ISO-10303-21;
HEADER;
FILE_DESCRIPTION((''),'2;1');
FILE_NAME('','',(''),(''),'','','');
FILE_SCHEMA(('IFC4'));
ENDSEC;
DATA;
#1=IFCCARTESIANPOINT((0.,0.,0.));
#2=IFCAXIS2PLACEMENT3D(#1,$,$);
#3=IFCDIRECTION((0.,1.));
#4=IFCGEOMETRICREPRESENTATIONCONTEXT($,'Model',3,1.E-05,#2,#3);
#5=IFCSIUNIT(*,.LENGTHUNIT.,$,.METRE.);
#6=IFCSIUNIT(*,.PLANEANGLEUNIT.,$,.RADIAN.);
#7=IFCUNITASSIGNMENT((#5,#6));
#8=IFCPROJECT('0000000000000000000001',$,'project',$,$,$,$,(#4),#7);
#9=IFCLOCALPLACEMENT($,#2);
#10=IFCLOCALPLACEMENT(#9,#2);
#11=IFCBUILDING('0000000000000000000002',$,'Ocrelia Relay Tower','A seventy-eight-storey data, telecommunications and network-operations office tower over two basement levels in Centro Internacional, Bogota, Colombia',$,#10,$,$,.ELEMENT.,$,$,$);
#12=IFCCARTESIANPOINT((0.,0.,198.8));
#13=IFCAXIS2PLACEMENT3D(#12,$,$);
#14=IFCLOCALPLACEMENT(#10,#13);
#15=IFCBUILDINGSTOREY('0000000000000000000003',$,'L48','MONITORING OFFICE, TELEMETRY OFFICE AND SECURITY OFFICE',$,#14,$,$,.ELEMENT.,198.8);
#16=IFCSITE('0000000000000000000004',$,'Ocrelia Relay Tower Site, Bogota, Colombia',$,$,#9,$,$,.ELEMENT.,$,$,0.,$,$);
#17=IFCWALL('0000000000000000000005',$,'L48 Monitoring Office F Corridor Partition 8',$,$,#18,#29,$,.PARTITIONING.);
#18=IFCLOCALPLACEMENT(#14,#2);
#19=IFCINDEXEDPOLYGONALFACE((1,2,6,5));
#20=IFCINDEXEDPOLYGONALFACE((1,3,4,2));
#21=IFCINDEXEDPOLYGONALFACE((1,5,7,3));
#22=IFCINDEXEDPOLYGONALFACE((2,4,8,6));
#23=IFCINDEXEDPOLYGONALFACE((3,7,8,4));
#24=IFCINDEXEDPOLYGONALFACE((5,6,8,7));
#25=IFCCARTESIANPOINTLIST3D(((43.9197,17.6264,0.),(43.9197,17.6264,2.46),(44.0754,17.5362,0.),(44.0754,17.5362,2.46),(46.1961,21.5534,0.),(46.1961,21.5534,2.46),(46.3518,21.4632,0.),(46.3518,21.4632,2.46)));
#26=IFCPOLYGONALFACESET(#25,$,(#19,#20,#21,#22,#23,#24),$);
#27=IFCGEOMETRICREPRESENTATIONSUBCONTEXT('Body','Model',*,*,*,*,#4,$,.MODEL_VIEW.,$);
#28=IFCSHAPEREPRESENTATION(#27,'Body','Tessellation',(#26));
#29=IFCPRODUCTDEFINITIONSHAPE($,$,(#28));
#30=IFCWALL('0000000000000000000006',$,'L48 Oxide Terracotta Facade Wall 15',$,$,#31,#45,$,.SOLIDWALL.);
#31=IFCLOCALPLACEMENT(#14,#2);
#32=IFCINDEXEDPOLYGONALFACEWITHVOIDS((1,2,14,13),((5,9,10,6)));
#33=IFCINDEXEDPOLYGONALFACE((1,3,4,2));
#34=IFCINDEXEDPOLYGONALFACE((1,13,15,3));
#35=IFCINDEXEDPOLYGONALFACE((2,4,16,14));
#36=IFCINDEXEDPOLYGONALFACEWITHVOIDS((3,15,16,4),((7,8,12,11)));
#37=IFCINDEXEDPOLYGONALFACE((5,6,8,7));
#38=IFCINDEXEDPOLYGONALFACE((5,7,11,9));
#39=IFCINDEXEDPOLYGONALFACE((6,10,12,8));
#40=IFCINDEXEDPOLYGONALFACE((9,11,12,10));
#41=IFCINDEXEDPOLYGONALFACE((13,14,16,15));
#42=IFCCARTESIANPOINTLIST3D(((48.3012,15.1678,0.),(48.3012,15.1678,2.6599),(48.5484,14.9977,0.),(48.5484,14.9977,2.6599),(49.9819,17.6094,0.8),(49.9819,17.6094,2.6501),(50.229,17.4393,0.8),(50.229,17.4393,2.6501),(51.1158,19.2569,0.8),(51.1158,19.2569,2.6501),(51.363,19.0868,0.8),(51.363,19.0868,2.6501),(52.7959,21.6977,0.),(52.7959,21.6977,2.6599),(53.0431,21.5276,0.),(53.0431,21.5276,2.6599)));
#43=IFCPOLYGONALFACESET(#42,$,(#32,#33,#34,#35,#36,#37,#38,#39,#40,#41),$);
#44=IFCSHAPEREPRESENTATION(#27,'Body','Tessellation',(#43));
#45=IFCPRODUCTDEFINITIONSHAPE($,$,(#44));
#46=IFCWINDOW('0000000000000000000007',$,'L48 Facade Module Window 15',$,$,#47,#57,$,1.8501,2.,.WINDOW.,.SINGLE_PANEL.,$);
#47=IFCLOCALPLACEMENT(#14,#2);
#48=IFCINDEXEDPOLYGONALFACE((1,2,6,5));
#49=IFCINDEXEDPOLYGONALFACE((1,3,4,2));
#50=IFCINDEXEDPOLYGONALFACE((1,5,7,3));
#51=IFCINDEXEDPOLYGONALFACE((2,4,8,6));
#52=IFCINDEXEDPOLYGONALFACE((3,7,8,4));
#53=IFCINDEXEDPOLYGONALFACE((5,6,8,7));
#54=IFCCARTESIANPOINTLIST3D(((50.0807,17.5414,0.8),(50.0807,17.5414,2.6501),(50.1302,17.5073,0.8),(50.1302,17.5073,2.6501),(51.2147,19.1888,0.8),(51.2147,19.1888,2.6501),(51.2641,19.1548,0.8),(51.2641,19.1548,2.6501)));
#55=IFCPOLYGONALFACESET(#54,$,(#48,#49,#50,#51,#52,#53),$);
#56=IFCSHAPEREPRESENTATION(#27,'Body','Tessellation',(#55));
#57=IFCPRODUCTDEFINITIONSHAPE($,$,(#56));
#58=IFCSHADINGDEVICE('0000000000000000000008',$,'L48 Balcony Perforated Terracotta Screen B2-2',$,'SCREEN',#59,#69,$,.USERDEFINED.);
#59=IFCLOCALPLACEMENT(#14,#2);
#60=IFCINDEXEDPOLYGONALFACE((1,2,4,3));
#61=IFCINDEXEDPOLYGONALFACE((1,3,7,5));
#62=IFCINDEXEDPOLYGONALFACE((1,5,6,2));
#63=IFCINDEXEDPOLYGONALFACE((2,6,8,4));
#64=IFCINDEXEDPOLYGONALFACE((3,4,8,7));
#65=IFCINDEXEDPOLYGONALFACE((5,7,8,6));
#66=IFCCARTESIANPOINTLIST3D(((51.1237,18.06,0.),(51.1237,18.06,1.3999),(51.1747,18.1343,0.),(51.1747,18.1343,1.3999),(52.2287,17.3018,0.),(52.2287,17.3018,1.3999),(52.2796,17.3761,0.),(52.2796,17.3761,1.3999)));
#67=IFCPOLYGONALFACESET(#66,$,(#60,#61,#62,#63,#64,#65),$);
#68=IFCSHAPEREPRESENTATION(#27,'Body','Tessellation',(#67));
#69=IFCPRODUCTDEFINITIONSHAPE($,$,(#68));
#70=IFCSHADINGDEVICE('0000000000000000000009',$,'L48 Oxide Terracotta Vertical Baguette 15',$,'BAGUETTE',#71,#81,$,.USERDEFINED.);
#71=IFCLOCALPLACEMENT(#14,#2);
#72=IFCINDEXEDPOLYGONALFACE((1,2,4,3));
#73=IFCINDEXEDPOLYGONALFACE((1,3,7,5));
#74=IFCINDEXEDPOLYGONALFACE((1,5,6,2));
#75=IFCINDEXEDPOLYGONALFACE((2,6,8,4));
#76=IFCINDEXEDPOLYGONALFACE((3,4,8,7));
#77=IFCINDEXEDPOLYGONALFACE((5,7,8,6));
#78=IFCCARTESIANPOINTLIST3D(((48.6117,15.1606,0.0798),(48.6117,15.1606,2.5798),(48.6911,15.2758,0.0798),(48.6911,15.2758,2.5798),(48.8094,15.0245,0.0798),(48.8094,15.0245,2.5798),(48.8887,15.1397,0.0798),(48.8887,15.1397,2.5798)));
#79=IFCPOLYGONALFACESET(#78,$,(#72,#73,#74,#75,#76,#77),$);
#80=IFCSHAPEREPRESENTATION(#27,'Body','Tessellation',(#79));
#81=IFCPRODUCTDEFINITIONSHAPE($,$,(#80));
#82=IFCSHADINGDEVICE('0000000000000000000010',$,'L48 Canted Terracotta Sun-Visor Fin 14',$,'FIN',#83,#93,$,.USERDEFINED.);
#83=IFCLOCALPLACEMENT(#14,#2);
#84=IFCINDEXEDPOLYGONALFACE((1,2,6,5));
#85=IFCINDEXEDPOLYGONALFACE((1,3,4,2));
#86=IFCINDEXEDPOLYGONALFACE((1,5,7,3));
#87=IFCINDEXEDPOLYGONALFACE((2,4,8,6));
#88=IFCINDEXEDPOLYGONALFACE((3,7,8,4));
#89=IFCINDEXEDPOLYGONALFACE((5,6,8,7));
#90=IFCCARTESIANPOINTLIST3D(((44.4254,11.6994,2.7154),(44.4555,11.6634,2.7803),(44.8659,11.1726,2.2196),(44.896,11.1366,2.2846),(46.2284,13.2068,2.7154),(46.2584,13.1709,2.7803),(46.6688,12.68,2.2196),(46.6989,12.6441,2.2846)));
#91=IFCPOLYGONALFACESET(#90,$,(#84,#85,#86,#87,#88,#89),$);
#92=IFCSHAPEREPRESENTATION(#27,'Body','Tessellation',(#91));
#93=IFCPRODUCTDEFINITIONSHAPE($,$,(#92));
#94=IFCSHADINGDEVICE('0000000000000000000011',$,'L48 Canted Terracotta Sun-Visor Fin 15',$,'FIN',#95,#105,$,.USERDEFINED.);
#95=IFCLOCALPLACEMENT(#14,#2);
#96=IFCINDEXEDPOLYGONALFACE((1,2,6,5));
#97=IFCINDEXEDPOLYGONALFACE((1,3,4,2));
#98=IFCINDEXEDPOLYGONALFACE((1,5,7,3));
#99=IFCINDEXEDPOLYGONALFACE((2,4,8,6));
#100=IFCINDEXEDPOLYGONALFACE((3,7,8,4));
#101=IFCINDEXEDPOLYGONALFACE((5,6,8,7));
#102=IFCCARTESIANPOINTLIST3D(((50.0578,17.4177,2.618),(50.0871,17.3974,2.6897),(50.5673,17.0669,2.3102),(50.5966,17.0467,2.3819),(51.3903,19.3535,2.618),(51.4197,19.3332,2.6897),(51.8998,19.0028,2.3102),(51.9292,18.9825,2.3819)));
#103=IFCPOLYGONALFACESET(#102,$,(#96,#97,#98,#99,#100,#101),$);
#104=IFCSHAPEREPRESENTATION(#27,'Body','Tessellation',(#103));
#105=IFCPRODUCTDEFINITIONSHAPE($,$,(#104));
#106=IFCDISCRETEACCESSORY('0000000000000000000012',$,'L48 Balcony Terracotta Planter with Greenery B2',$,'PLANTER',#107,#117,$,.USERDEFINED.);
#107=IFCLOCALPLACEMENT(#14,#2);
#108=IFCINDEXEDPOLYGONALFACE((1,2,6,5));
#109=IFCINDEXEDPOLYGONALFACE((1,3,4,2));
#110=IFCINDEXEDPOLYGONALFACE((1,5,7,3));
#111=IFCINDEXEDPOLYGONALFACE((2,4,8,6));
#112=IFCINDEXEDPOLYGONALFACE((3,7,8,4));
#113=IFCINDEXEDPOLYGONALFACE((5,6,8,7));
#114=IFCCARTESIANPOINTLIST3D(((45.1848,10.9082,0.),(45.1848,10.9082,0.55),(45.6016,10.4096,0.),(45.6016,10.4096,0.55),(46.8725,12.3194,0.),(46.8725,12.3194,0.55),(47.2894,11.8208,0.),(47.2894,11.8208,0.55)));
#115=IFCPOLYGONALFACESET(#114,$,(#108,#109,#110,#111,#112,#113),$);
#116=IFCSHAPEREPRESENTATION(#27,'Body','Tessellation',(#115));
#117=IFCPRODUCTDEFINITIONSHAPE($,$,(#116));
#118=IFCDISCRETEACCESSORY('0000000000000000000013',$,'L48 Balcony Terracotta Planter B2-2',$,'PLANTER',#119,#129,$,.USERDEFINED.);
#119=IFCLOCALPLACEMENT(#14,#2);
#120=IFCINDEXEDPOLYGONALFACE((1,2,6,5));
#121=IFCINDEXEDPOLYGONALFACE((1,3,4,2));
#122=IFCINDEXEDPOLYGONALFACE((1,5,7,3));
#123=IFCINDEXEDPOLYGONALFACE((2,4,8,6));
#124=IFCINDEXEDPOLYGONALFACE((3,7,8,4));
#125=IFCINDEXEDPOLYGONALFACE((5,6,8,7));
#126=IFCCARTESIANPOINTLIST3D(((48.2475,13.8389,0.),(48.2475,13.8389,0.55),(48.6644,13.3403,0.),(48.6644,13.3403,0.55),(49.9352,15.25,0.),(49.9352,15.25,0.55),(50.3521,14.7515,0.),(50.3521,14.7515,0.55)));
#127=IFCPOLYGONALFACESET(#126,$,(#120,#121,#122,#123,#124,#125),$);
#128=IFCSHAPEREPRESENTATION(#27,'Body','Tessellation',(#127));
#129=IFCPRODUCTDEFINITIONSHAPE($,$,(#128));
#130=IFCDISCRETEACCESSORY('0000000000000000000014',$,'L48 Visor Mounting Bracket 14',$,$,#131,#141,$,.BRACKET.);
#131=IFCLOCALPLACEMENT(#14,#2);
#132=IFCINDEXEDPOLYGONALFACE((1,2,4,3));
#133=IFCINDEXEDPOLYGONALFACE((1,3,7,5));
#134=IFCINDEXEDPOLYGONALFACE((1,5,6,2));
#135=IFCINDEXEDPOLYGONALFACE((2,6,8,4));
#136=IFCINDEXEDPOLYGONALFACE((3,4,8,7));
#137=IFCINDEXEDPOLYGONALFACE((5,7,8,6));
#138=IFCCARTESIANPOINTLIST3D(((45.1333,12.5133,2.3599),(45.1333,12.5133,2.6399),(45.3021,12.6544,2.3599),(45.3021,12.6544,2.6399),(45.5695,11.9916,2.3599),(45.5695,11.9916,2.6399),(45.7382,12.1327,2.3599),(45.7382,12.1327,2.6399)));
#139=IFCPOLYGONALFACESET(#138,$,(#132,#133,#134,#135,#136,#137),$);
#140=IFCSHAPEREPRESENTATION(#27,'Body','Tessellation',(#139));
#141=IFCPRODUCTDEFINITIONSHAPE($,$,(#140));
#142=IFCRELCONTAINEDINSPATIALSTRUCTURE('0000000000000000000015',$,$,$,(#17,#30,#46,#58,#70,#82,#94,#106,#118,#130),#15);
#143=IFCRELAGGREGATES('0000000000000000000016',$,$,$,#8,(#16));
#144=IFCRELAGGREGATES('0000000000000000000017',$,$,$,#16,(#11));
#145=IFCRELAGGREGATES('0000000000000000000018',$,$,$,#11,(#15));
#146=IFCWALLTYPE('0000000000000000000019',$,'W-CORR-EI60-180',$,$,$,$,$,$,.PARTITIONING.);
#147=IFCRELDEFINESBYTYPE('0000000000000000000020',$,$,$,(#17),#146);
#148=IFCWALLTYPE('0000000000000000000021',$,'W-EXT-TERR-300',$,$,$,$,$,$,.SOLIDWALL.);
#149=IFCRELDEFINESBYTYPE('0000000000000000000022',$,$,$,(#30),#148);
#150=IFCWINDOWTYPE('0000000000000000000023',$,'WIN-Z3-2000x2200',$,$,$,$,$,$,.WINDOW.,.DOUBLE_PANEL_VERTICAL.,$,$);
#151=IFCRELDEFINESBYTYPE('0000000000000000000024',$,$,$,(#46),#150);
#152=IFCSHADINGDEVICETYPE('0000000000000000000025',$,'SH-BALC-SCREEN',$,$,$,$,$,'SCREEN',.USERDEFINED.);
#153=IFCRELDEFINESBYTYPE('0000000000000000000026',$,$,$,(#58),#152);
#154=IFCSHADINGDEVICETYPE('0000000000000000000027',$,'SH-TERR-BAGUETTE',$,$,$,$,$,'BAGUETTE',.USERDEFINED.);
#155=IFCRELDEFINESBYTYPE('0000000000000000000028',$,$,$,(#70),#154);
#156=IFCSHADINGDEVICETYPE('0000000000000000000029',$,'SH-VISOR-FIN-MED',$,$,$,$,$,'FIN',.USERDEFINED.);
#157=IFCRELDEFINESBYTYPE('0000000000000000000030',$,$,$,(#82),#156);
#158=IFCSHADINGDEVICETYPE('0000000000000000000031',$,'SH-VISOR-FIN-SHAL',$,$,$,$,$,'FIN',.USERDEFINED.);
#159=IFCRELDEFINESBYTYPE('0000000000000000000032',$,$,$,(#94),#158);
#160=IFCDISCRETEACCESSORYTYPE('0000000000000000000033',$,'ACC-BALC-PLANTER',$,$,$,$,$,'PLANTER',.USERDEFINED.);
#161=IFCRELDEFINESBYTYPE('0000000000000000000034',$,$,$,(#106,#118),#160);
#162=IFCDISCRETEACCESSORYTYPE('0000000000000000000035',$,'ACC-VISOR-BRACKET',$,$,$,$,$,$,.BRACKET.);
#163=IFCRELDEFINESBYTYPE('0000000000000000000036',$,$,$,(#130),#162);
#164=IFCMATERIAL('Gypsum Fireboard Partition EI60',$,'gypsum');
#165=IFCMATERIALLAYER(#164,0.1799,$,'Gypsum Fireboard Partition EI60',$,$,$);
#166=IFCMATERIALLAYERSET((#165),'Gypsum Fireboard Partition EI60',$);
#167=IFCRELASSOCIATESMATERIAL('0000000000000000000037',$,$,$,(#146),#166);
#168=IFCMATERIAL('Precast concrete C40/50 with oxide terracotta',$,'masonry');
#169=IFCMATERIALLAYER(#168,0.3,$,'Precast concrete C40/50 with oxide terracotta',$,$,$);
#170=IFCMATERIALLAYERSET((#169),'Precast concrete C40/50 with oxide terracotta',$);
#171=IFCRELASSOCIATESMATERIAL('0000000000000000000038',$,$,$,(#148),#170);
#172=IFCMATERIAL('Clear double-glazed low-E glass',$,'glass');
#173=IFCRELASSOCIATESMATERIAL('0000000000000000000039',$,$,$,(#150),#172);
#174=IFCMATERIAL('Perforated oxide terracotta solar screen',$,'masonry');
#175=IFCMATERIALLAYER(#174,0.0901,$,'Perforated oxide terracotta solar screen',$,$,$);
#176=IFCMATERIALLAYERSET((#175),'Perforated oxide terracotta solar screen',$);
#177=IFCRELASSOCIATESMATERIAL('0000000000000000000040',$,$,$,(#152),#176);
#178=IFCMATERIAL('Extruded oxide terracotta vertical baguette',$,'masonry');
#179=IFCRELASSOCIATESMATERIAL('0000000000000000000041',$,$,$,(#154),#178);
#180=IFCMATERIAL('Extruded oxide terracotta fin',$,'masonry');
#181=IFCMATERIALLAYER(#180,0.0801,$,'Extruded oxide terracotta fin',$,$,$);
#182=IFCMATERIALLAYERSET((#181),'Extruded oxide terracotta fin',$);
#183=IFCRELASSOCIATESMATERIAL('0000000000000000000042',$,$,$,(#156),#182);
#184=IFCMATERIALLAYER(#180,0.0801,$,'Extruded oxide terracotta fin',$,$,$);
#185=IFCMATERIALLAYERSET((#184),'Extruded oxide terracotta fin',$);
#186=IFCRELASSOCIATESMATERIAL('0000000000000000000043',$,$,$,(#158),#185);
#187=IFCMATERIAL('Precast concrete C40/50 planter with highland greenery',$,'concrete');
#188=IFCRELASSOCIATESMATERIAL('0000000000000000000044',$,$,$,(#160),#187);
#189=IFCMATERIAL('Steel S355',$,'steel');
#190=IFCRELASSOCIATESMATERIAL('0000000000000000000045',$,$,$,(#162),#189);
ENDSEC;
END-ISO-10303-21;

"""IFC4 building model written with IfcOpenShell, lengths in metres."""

from ifc_helpers import new_model, si_unit, direction, frame, frame_2d, origin, origin_2d, place, context, subcontext, project, spatial, rectangle, extrude, material, layer, layer_set, type_object, element, fill, save


model = new_model("IFC4")

# Units and contexts
model_context = context("Model", 3, precision=1e-05, world=origin(), true_north=direction((0.0, 1.0)))
body_context = subcontext(model_context, "Body", "Model", "MODEL_VIEW")
ifc_project = project(units=[si_unit("LENGTHUNIT", "METRE"), si_unit("PLANEANGLEUNIT", "RADIAN")], contexts=[model_context])

# Site, building, storey
site_placement = place(None, origin())
site = spatial("IfcSite", under=ifc_project, at=site_placement, Name="Ocrelia Relay Tower Site, Bogota, Colombia", CompositionType="ELEMENT", RefElevation=0.0)
building_placement = place(site_placement, origin())
building = spatial("IfcBuilding", under=site, at=building_placement, Name="Ocrelia Relay Tower", Description="A seventy-eight-storey data, telecommunications and network-operations office tower over two basement levels in Centro Internacional, Bogota, Colombia", CompositionType="ELEMENT")
storey_placement = place(building_placement, frame((0.0, 0.0, 198.8)))
storey = spatial("IfcBuildingStorey", under=building, at=storey_placement, Name="L48", Description="MONITORING OFFICE, TELEMETRY OFFICE AND SECURITY OFFICE", CompositionType="ELEMENT", Elevation=198.8)

# Shared definitions
ifc_material_1 = material(Name="Steel S355", Category="steel")

# Wall
ifc_material_2 = material(Name="Gypsum Fireboard Partition EI60", Category="gypsum")
ifc_layer_1 = layer(ifc_material_2, 0.1799, Name="Gypsum Fireboard Partition EI60")
ifc_layer_set_1 = layer_set([ifc_layer_1], Name="Gypsum Fireboard Partition EI60")
wall_type_1 = type_object("IfcWallType", Name="W-CORR-EI60-180", PredefinedType="PARTITIONING", material=ifc_layer_set_1)
wall_1_placement = place(storey_placement, frame((43.9976, 17.5813, 0.0), z_axis=(0.0, 0.0, 1.0), x_axis=(0.501505, 0.865155, 0.0)))
element("IfcWall", 1, at=wall_1_placement, inside=storey, type_object=wall_type_1, Name="L48 Monitoring Office F Corridor Partition 8", PredefinedType="PARTITIONING", context=body_context, shape_type="SweptSolid", body=[
    extrude(rectangle(XDim=4.5391, YDim=0.1799, at=frame_2d((2.2695, 0.0))), origin(), (0.0, 0.0, 1.0), 2.46),
])

# Wall, opening, window
ifc_material_3 = material(Name="Precast concrete C40/50 with oxide terracotta", Category="masonry")
ifc_layer_2 = layer(ifc_material_3, 0.3, Name="Precast concrete C40/50 with oxide terracotta")
ifc_layer_set_2 = layer_set([ifc_layer_2], Name="Precast concrete C40/50 with oxide terracotta")
wall_type_2 = type_object("IfcWallType", Name="W-EXT-TERR-300", PredefinedType="SOLIDWALL", material=ifc_layer_set_2)
wall_2_placement = place(storey_placement, frame((48.4248, 15.0828, 0.0), z_axis=(0.0, 0.0, 1.0), x_axis=(0.566991, 0.823724, 0.0)))
wall_2 = element("IfcWall", 2, at=wall_2_placement, inside=storey, type_object=wall_type_2, Name="L48 Oxide Terracotta Facade Wall 15", PredefinedType="SOLIDWALL", context=body_context, shape_type="SweptSolid", body=[
    extrude(rectangle(XDim=7.9272, YDim=0.3, at=frame_2d((3.9636, 0.0))), origin(), (0.0, 0.0, 1.0), 2.6599),
])
opening_placement = place(wall_2_placement, frame((2.9641, 0.0, 0.8)))
opening = element("IfcOpeningElement", 3, at=opening_placement, cuts=wall_2, PredefinedType="OPENING", context=body_context, shape_type="SweptSolid", body=[
    extrude(rectangle(XDim=2.0, YDim=1.8501, at=frame_2d((1.0, 0.925))), frame((0.0, 0.1602, 0.0), z_axis=(0.0, -1.0, 0.0), x_axis=(1.0, 0.0, 0.0)), (0.0, 0.0, 1.0), 0.3201),
])
ifc_material_4 = material(Name="Clear double-glazed low-E glass", Category="glass")
window_type = type_object("IfcWindowType", Name="WIN-Z3-2000x2200", PartitioningType="DOUBLE_PANEL_VERTICAL", PredefinedType="WINDOW", material=ifc_material_4)
window_placement = place(opening_placement, origin())
window = element("IfcWindow", 4, at=window_placement, inside=storey, type_object=window_type, Name="L48 Facade Module Window 15", OverallHeight=1.8501, OverallWidth=2.0, PartitioningType="SINGLE_PANEL", PredefinedType="WINDOW", context=body_context, shape_type="SweptSolid", body=[
    extrude(rectangle(XDim=2.0, YDim=1.8501, at=frame_2d((1.0, 0.925))), frame((0.0, 0.03, 0.0), z_axis=(0.0, -1.0, 0.0), x_axis=(1.0, 0.0, 0.0)), (0.0, 0.0, 1.0), 0.0601),
])
fill(opening, window)

# Shading devices
ifc_material_5 = material(Name="Perforated oxide terracotta solar screen", Category="masonry")
ifc_layer_3 = layer(ifc_material_5, 0.0901, Name="Perforated oxide terracotta solar screen")
ifc_layer_set_3 = layer_set([ifc_layer_3], Name="Perforated oxide terracotta solar screen")
shading_device_type_1 = type_object("IfcShadingDeviceType", Name="SH-BALC-SCREEN", ElementType="SCREEN", PredefinedType="USERDEFINED", material=ifc_layer_set_3)
shading_device_1_placement = place(storey_placement, frame((51.7017, 17.718, 0.0), z_axis=(0.0, 0.0, 1.0), x_axis=(0.824557, -0.565779, 0.0)))
element("IfcShadingDevice", 5, at=shading_device_1_placement, inside=storey, type_object=shading_device_type_1, Name="L48 Balcony Perforated Terracotta Screen B2-2", ObjectType="SCREEN", PredefinedType="USERDEFINED", context=body_context, shape_type="SweptSolid", body=[
    extrude(rectangle(XDim=1.3401, YDim=0.0901, at=origin_2d()), origin(), (0.0, 0.0, 1.0), 1.3999),
])
ifc_material_6 = material(Name="Extruded oxide terracotta vertical baguette", Category="masonry")
shading_device_type_2 = type_object("IfcShadingDeviceType", Name="SH-TERR-BAGUETTE", ElementType="BAGUETTE", PredefinedType="USERDEFINED", material=ifc_material_6)
shading_device_2_placement = place(storey_placement, frame((48.7502, 15.1501, 0.0798), z_axis=(0.0, 0.0, 1.0), x_axis=(0.567003, 0.823716, 0.0)))
element("IfcShadingDevice", 6, at=shading_device_2_placement, inside=storey, type_object=shading_device_type_2, Name="L48 Oxide Terracotta Vertical Baguette 15", ObjectType="BAGUETTE", PredefinedType="USERDEFINED", context=body_context, shape_type="SweptSolid", body=[
    extrude(rectangle(XDim=0.1399, YDim=0.24, at=origin_2d()), origin(), (0.0, 0.0, 1.0), 2.5),
])
ifc_material_7 = material(Name="Extruded oxide terracotta fin", Category="masonry")
ifc_layer_4 = layer(ifc_material_7, 0.0801, Name="Extruded oxide terracotta fin")
ifc_layer_set_4 = layer_set([ifc_layer_4], Name="Extruded oxide terracotta fin")
shading_device_type_3 = type_object("IfcShadingDeviceType", Name="SH-VISOR-FIN-MED", ElementType="FIN", PredefinedType="USERDEFINED", material=ifc_layer_set_4)
shading_device_3_placement = place(storey_placement, frame((45.5471, 12.1897, 2.4675), z_axis=(0.375492, -0.449086, 0.810757), x_axis=(0.767167, 0.641447, 0.0)))
element("IfcShadingDevice", 7, at=shading_device_3_placement, inside=storey, type_object=shading_device_type_3, Name="L48 Canted Terracotta Sun-Visor Fin 14", ObjectType="FIN", PredefinedType="USERDEFINED", context=body_context, shape_type="SweptSolid", body=[
    extrude(rectangle(XDim=2.3501, YDim=0.8469, at=origin_2d()), origin(), (0.0, 0.0, 1.0), 0.0801),
])
ifc_layer_5 = layer(ifc_material_7, 0.0801, Name="Extruded oxide terracotta fin")
ifc_layer_set_5 = layer_set([ifc_layer_5], Name="Extruded oxide terracotta fin")
shading_device_type_4 = type_object("IfcShadingDeviceType", Name="SH-VISOR-FIN-SHAL", ElementType="FIN", PredefinedType="USERDEFINED", material=ifc_layer_set_5)
shading_device_4_placement = place(storey_placement, frame((50.9788, 18.2102, 2.4641), z_axis=(0.367026, -0.252641, 0.895246), x_axis=(0.567003, 0.823716, 0.0)))
element("IfcShadingDevice", 8, at=shading_device_4_placement, inside=storey, type_object=shading_device_type_4, Name="L48 Canted Terracotta Sun-Visor Fin 15", ObjectType="FIN", PredefinedType="USERDEFINED", context=body_context, shape_type="SweptSolid", body=[
    extrude(rectangle(XDim=2.3501, YDim=0.6909, at=origin_2d()), origin(), (0.0, 0.0, 1.0), 0.0801),
])

# Discrete accessories
ifc_material_8 = material(Name="Precast concrete C40/50 planter with highland greenery", Category="concrete")
discrete_accessory_type_1 = type_object("IfcDiscreteAccessoryType", Name="ACC-BALC-PLANTER", ElementType="PLANTER", PredefinedType="USERDEFINED", material=ifc_material_8)
for number, where, z_axis, x_axis, name in (
    (9, (46.2371, 11.3645, 0.0), (0.0, 0.0, 1.0), (-0.767164, -0.64145, 0.0), "L48 Balcony Terracotta Planter with Greenery B2"),
    (10, (49.2998, 14.2952, 0.0), (0.0, 0.0, 1.0), (-0.767164, -0.64145, 0.0), "L48 Balcony Terracotta Planter B2-2"),
):
    element("IfcDiscreteAccessory", number, at=place(storey_placement, frame(where, z_axis=z_axis, x_axis=x_axis)), inside=storey, type_object=discrete_accessory_type_1, Name=name, ObjectType="PLANTER", PredefinedType="USERDEFINED", context=body_context, shape_type="SweptSolid", body=[
        extrude(rectangle(XDim=2.2, YDim=0.6499, at=origin_2d()), origin(), (0.0, 0.0, 1.0), 0.55),
    ])
discrete_accessory_type_2 = type_object("IfcDiscreteAccessoryType", Name="ACC-VISOR-BRACKET", PredefinedType="BRACKET", material=ifc_material_1)
discrete_accessory_placement = place(storey_placement, frame((45.4358, 12.323, 2.3599), z_axis=(0.0, 0.0, 1.0), x_axis=(0.767167, 0.641447, 0.0)))
element("IfcDiscreteAccessory", 11, at=discrete_accessory_placement, inside=storey, type_object=discrete_accessory_type_2, Name="L48 Visor Mounting Bracket 14", PredefinedType="BRACKET", context=body_context, shape_type="SweptSolid", body=[
    extrude(rectangle(XDim=0.22, YDim=0.6799, at=origin_2d()), origin(), (0.0, 0.0, 1.0), 0.28),
])

save(model, "model.ifc")
